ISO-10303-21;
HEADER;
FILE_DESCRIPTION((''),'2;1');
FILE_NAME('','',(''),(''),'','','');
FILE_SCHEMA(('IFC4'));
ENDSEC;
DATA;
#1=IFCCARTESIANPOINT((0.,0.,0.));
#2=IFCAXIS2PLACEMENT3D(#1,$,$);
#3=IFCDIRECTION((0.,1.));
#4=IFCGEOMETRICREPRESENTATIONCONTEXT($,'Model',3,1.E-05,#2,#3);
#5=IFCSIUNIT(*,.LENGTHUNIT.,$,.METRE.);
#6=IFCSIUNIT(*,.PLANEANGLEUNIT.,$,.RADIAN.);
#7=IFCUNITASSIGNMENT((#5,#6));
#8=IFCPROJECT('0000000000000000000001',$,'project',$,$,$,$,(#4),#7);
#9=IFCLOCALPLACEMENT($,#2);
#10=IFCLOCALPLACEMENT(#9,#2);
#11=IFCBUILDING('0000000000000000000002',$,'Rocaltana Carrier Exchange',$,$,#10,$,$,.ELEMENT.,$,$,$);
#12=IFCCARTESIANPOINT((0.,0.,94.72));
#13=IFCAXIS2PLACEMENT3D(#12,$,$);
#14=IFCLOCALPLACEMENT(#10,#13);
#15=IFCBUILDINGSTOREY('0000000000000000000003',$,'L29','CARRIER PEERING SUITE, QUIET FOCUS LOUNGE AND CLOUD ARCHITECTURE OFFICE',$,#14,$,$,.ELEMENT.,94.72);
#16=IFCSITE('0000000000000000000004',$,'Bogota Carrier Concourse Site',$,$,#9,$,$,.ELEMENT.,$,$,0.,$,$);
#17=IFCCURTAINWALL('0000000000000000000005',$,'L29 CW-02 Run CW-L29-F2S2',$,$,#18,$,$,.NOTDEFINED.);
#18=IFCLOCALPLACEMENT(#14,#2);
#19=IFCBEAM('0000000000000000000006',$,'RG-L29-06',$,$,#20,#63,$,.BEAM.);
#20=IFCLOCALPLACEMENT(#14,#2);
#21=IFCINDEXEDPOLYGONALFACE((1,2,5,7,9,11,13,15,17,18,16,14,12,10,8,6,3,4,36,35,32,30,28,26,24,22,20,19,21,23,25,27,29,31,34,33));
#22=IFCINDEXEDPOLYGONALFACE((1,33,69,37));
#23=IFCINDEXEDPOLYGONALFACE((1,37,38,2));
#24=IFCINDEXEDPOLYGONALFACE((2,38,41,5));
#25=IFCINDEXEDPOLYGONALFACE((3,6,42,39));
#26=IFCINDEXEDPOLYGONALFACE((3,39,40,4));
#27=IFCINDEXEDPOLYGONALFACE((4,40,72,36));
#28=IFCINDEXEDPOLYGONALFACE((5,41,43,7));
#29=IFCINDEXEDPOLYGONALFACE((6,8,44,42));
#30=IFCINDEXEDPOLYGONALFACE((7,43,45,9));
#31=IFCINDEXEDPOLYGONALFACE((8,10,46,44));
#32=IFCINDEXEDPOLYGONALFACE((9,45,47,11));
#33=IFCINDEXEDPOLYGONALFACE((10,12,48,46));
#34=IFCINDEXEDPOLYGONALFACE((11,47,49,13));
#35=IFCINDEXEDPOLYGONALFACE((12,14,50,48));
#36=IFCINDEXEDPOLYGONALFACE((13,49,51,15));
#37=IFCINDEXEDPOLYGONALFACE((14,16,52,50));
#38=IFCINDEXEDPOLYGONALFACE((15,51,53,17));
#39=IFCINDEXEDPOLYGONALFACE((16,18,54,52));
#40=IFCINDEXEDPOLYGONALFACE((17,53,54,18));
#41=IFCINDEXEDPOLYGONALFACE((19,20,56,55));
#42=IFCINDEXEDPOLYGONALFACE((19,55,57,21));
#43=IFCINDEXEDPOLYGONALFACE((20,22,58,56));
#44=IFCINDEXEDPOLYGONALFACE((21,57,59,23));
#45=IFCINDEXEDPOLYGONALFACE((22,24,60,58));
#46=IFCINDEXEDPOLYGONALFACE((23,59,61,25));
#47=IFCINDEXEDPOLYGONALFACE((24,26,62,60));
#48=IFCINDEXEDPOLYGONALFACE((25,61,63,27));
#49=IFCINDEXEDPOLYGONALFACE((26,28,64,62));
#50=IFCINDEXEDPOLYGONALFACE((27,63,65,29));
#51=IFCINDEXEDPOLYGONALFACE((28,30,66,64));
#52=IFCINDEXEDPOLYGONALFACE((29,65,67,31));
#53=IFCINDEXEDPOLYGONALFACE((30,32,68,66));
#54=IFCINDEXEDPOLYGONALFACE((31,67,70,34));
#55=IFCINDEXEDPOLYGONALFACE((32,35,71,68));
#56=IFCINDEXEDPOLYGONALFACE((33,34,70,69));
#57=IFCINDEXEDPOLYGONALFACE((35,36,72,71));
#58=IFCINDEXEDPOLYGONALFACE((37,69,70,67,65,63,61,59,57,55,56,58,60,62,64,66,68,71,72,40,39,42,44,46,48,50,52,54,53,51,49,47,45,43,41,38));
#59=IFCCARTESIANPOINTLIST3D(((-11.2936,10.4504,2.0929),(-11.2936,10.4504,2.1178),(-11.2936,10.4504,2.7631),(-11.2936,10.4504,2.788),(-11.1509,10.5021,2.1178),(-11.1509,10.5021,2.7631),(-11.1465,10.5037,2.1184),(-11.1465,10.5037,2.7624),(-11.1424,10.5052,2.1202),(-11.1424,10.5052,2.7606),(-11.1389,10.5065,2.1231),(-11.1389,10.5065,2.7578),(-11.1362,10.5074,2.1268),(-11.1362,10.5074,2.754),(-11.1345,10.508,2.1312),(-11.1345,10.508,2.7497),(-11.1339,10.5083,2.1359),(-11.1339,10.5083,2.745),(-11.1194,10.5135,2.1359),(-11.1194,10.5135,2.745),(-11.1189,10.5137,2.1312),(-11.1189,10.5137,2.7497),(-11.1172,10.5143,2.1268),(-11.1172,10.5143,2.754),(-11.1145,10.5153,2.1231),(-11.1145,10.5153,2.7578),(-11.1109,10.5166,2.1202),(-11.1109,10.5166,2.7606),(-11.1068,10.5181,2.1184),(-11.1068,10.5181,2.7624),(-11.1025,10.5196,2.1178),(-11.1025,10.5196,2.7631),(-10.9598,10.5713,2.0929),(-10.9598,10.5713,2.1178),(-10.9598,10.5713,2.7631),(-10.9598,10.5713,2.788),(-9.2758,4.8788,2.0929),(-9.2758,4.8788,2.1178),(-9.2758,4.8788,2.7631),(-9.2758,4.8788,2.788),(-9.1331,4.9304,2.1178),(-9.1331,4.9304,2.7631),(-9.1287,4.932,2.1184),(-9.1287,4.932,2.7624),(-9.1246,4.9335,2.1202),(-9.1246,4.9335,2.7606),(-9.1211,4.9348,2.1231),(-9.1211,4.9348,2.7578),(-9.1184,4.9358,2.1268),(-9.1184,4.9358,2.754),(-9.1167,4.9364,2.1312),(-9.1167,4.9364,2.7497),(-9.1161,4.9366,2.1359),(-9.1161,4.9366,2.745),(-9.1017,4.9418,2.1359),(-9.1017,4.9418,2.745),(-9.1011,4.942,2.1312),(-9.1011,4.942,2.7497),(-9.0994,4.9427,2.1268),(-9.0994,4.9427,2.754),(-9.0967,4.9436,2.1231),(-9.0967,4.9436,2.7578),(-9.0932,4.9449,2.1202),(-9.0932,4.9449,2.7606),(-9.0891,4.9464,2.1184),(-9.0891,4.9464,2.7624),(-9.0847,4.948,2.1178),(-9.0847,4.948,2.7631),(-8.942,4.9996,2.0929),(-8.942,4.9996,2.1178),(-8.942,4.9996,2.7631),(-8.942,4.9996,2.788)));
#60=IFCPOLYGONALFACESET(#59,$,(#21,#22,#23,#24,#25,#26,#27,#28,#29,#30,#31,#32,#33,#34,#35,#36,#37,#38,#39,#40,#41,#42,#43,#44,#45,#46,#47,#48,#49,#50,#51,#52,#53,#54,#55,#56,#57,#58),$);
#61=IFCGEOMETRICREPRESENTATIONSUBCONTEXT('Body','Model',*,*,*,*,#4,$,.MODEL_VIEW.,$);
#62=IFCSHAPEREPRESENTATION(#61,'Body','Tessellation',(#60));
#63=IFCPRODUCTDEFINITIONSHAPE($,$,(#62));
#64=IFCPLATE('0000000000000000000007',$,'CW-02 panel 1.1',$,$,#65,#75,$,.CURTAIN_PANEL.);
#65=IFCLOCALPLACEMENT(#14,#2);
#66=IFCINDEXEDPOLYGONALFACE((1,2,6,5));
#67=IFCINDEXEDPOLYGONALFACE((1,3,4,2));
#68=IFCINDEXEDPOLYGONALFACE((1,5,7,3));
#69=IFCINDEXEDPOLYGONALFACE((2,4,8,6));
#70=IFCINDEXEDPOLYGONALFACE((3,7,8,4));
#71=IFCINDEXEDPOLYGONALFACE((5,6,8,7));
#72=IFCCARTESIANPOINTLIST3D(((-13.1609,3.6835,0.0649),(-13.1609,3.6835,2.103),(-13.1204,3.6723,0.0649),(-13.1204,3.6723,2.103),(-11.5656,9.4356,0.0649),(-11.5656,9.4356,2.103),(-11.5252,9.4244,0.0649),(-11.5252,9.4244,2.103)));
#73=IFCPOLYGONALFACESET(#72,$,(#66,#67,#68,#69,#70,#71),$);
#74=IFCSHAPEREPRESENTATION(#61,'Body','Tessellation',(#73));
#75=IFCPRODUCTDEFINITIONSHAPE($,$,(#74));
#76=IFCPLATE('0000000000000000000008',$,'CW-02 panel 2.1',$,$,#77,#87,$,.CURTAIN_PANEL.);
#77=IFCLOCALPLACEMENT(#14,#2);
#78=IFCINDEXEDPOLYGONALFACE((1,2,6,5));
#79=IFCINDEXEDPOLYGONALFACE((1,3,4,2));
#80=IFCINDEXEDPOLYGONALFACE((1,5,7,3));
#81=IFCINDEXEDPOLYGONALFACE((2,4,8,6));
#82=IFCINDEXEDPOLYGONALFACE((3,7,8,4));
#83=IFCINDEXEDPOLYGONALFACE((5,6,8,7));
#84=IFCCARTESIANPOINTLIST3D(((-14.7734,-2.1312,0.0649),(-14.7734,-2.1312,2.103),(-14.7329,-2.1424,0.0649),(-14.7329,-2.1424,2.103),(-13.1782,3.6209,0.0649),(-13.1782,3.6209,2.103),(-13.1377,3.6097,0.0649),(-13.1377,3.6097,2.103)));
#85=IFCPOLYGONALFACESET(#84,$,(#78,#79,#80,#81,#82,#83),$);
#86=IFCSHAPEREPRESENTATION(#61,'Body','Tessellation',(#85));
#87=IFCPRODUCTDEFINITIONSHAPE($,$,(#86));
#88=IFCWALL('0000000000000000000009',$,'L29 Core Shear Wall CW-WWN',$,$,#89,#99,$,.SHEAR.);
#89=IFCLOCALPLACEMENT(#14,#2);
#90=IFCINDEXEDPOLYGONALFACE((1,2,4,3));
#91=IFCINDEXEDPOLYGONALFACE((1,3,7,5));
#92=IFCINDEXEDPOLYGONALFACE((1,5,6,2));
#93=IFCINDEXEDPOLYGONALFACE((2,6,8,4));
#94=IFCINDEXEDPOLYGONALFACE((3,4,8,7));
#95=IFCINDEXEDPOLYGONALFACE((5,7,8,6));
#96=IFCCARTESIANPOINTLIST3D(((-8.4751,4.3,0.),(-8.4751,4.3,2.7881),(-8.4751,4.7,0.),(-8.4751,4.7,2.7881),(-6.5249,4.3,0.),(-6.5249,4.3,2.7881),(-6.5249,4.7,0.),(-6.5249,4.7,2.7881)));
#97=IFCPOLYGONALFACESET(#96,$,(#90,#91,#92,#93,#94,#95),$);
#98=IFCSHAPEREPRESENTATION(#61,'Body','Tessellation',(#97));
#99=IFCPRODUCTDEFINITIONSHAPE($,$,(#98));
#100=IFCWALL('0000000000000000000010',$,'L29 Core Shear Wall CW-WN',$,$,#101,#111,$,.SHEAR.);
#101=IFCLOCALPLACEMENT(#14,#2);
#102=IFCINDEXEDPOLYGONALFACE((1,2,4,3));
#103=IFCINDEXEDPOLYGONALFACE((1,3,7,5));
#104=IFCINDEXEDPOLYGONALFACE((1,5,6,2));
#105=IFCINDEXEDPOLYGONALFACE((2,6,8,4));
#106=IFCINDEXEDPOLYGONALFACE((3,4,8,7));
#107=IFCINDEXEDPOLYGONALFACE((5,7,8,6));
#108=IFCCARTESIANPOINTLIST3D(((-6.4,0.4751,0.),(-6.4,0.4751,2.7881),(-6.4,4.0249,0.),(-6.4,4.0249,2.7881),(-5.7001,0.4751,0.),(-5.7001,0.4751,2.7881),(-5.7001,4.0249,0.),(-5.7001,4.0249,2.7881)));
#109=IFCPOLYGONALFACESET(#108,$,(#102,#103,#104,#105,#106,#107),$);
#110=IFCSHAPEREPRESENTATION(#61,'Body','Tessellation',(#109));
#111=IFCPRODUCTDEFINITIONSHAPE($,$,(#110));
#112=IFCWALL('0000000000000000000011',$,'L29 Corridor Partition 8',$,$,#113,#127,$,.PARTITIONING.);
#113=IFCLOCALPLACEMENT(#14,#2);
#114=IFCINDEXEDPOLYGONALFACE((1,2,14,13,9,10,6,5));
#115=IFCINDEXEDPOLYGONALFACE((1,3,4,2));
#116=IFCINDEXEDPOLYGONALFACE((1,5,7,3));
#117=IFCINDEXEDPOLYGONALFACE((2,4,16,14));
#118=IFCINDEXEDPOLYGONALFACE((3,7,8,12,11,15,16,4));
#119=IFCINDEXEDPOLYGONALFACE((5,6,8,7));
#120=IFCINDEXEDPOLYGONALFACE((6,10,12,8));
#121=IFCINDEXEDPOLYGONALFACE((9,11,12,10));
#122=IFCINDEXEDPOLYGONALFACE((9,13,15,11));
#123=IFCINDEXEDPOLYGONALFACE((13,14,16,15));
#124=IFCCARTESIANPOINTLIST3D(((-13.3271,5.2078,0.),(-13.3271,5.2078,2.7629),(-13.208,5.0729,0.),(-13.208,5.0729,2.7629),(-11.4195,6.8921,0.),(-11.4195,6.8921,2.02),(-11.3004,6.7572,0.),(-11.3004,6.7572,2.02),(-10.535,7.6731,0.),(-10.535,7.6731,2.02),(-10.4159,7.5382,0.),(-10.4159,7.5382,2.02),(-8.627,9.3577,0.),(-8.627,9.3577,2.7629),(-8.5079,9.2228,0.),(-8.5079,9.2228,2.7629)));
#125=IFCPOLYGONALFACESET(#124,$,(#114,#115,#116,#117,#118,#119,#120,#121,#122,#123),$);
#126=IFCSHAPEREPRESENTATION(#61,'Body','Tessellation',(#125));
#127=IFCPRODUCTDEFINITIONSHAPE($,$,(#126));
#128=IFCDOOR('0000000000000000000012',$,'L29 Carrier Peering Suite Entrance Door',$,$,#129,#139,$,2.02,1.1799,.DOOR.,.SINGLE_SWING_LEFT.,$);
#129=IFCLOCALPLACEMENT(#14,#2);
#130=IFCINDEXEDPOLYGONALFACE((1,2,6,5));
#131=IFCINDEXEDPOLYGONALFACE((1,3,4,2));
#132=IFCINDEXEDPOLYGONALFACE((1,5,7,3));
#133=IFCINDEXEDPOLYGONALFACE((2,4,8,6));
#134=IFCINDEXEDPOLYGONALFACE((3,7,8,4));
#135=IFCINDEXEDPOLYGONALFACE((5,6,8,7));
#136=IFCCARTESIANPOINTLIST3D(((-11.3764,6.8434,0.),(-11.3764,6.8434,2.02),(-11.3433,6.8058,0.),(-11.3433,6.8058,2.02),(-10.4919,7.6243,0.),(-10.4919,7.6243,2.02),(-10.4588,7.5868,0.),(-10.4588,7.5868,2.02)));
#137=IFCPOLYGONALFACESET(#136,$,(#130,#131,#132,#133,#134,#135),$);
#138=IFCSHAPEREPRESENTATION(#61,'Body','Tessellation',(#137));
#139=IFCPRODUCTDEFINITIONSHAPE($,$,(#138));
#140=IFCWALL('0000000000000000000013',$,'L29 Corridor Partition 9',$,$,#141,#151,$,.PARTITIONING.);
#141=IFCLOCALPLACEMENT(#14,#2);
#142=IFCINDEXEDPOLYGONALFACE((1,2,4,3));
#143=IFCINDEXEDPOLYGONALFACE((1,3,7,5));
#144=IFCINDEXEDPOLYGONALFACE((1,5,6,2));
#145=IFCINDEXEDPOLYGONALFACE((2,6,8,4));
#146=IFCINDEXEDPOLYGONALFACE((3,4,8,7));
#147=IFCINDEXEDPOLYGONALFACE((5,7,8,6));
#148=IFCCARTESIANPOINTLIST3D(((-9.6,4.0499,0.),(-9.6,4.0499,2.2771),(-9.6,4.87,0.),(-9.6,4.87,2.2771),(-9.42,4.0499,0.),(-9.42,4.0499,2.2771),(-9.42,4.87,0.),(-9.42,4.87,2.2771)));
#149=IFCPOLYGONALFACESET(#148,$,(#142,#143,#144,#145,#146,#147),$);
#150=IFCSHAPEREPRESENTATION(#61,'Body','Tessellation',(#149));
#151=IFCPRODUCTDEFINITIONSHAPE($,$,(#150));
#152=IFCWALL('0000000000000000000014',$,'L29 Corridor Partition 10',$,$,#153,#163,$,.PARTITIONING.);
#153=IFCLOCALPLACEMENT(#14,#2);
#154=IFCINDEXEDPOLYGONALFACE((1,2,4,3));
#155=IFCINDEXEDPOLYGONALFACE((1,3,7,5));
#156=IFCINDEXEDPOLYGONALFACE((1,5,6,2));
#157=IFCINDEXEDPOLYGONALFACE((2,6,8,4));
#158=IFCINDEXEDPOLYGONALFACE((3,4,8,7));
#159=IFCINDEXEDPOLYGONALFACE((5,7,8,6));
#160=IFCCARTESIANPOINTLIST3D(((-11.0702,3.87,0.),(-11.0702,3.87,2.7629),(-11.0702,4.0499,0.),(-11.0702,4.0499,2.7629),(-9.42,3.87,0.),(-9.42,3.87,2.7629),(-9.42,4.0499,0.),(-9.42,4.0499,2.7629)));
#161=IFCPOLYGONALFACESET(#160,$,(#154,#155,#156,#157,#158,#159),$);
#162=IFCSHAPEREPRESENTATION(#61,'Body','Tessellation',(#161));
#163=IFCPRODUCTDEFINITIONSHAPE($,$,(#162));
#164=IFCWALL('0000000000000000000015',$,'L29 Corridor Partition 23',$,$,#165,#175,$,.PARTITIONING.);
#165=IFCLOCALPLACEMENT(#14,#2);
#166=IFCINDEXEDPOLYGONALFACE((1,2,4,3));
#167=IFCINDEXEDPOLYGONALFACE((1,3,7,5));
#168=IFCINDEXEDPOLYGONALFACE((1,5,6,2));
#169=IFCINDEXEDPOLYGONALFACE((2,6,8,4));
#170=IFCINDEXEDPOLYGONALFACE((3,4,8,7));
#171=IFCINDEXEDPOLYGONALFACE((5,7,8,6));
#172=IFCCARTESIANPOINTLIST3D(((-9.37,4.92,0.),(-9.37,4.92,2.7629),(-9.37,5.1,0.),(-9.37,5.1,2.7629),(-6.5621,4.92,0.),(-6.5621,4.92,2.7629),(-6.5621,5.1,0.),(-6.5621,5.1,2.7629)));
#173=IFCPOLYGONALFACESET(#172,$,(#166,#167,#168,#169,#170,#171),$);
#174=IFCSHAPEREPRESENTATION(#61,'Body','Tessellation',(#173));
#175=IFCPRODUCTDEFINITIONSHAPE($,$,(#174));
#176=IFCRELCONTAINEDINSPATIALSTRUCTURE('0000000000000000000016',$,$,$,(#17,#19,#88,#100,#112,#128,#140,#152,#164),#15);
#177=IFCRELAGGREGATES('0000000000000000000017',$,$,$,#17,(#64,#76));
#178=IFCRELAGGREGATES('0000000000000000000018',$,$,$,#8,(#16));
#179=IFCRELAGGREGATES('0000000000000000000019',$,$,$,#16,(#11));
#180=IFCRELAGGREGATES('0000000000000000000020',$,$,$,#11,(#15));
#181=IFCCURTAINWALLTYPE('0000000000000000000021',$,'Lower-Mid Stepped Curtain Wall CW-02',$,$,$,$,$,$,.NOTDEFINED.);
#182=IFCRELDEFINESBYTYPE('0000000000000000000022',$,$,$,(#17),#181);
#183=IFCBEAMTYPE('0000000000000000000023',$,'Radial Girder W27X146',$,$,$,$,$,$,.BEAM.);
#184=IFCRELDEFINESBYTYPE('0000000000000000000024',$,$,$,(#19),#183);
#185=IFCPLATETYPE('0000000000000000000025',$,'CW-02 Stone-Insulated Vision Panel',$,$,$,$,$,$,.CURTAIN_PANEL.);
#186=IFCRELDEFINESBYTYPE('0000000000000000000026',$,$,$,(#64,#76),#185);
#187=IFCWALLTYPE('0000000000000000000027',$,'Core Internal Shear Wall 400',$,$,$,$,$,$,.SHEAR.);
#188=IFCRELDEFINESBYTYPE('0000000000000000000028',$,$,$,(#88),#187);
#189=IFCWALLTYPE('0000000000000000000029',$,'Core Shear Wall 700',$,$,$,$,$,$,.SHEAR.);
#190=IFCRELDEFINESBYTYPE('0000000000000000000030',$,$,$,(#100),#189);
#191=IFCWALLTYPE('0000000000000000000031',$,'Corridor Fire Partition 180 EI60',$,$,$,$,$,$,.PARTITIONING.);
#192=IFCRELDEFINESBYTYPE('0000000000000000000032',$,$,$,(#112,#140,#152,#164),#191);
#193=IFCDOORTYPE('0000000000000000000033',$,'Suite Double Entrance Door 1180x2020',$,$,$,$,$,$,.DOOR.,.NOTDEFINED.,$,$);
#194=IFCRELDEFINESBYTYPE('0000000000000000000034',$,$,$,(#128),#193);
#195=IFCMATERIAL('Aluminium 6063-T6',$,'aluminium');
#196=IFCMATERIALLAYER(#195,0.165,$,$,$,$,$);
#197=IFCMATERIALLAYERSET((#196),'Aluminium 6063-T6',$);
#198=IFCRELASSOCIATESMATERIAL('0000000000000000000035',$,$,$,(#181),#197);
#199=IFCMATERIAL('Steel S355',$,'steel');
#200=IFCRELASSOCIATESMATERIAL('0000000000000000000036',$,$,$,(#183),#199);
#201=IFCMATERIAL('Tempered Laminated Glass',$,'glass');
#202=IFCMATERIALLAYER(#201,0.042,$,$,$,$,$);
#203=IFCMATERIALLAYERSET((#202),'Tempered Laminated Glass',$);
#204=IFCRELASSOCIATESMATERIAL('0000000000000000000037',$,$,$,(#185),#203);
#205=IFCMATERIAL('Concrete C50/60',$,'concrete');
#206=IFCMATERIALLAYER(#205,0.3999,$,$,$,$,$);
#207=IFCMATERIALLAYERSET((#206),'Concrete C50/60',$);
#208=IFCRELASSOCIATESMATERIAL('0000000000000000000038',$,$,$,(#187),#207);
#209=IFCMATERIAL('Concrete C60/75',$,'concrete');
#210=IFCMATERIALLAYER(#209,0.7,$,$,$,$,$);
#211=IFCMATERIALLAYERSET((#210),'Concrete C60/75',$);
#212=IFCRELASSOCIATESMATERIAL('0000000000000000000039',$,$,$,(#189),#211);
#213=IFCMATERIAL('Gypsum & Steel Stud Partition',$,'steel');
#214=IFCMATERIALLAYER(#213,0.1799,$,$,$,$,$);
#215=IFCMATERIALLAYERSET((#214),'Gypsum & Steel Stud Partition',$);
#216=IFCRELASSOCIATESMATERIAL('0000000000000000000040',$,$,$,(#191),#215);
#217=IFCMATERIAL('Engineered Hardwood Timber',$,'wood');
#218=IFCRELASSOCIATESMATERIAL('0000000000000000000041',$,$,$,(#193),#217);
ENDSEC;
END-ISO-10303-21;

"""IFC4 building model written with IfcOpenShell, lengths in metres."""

from ifc_helpers import new_model, si_unit, direction, frame, frame_2d, origin, origin_2d, place, context, subcontext, project, spatial, rectangle, i_section, extrude, material, layer, layer_set, material_profile, profile_set, type_object, element, fill, aggregate, save


model = new_model("IFC4")

# Units and contexts
model_context = context("Model", 3, precision=1e-05, world=origin(), true_north=direction((0.0, 1.0)))
body_context = subcontext(model_context, "Body", "Model", "MODEL_VIEW")
ifc_project = project(units=[si_unit("LENGTHUNIT", "METRE"), si_unit("PLANEANGLEUNIT", "RADIAN")], contexts=[model_context])

# Site, building, storey
site_placement = place(None, origin())
site = spatial("IfcSite", under=ifc_project, at=site_placement, Name="Bogota Carrier Concourse Site", CompositionType="ELEMENT", RefElevation=0.0)
building_placement = place(site_placement, origin())
building = spatial("IfcBuilding", under=site, at=building_placement, Name="Rocaltana Carrier Exchange", CompositionType="ELEMENT")
storey_placement = place(building_placement, frame((0.0, 0.0, 94.72)))
storey = spatial("IfcBuildingStorey", under=building, at=storey_placement, Name="L29", Description="CARRIER PEERING SUITE, QUIET FOCUS LOUNGE AND CLOUD ARCHITECTURE OFFICE", CompositionType="ELEMENT", Elevation=94.72)

# Curtain wall
ifc_material_1 = material(Name="Aluminium 6063-T6", Category="aluminium")
ifc_layer_1 = layer(ifc_material_1, 0.165)
ifc_layer_set_1 = layer_set([ifc_layer_1], Name="Aluminium 6063-T6")
curtain_wall_type = type_object("IfcCurtainWallType", Name="Lower-Mid Stepped Curtain Wall CW-02", PredefinedType="NOTDEFINED", material=ifc_layer_set_1)
curtain_wall_placement = place(storey_placement, origin())
curtain_wall = element("IfcCurtainWall", 1, at=curtain_wall_placement, inside=storey, type_object=curtain_wall_type, Name="L29 CW-02 Run CW-L29-F2S2", PredefinedType="NOTDEFINED")

# Beam
ifc_material_2 = material(Name="Steel S355", Category="steel")
ifc_material_profile_1 = material_profile(ifc_material_2, i_section(OverallWidth=0.355, OverallDepth=0.6951, WebThickness=0.0154, FlangeThickness=0.0249, FilletRadius=0.0181, at=origin_2d()), Name="W27X146")
ifc_profile_set_1 = profile_set([ifc_material_profile_1], Name="Steel S355")
beam_type_1 = type_object("IfcBeamType", Name="Radial Girder W27X146", PredefinedType="BEAM", material=ifc_profile_set_1)
beam_1_placement = place(storey_placement, frame((-9.1089, 4.9392, 2.4404), z_axis=(-0.340509, 0.940241, 0.0), x_axis=(-0.940241, -0.340509, 0.0)))
element("IfcBeam", 2, at=beam_1_placement, inside=storey, type_object=beam_type_1, Name="RG-L29-06", PredefinedType="BEAM", context=body_context, shape_type="SweptSolid", body=[
    extrude(i_section(OverallWidth=0.355, OverallDepth=0.6951, WebThickness=0.0154, FlangeThickness=0.0249, FilletRadius=0.0181, at=origin_2d()), origin(), (0.0, 0.0, 1.0), 5.9258),
])

# Plates
ifc_material_3 = material(Name="Tempered Laminated Glass", Category="glass")
ifc_layer_2 = layer(ifc_material_3, 0.042)
ifc_layer_set_2 = layer_set([ifc_layer_2], Name="Tempered Laminated Glass")
plate_type = type_object("IfcPlateType", Name="CW-02 Stone-Insulated Vision Panel", PredefinedType="CURTAIN_PANEL", material=ifc_layer_set_2)
plate_1_placement = place(storey_placement, frame((-12.343, 6.554, 0.0649), z_axis=(0.0, 0.0, 1.0), x_axis=(-0.267238, -0.963631, 0.0)))
plate_1 = element("IfcPlate", 3, at=plate_1_placement, type_object=plate_type, Name="CW-02 panel 1.1", PredefinedType="CURTAIN_PANEL", context=body_context, shape_type="SweptSolid", body=[
    extrude(rectangle(XDim=5.9692, YDim=0.042, at=origin_2d()), origin(), (0.0, 0.0, 1.0), 2.0381),
])
plate_2_placement = place(storey_placement, frame((-13.9556, 0.7393, 0.0649), z_axis=(0.0, 0.0, 1.0), x_axis=(-0.267238, -0.963631, 0.0)))
plate_2 = element("IfcPlate", 4, at=plate_2_placement, type_object=plate_type, Name="CW-02 panel 2.1", PredefinedType="CURTAIN_PANEL", context=body_context, shape_type="SweptSolid", body=[
    extrude(rectangle(XDim=5.9692, YDim=0.042, at=origin_2d()), origin(), (0.0, 0.0, 1.0), 2.0381),
])
aggregate(curtain_wall, [plate_1, plate_2])

# Walls
ifc_material_4 = material(Name="Concrete C50/60", Category="concrete")
ifc_layer_3 = layer(ifc_material_4, 0.3999)
ifc_layer_set_3 = layer_set([ifc_layer_3], Name="Concrete C50/60")
wall_type_1 = type_object("IfcWallType", Name="Core Internal Shear Wall 400", PredefinedType="SHEAR", material=ifc_layer_set_3)
wall_1_placement = place(storey_placement, frame((-8.4751, 4.5, 0.0), z_axis=(0.0, 0.0, 1.0), x_axis=(1.0, 0.0, 0.0)))
element("IfcWall", 5, at=wall_1_placement, inside=storey, type_object=wall_type_1, Name="L29 Core Shear Wall CW-WWN", PredefinedType="SHEAR", context=body_context, shape_type="SweptSolid", body=[
    extrude(rectangle(XDim=1.9502, YDim=0.3999, at=frame_2d((0.9751, 0.0))), origin(), (0.0, 0.0, 1.0), 2.7881),
])
ifc_material_5 = material(Name="Concrete C60/75", Category="concrete")
ifc_layer_4 = layer(ifc_material_5, 0.7)
ifc_layer_set_4 = layer_set([ifc_layer_4], Name="Concrete C60/75")
wall_type_2 = type_object("IfcWallType", Name="Core Shear Wall 700", PredefinedType="SHEAR", material=ifc_layer_set_4)
wall_2_placement = place(storey_placement, frame((-6.05, 0.4751, 0.0), z_axis=(0.0, 0.0, 1.0), x_axis=(0.0, 1.0, 0.0)))
element("IfcWall", 6, at=wall_2_placement, inside=storey, type_object=wall_type_2, Name="L29 Core Shear Wall CW-WN", PredefinedType="SHEAR", context=body_context, shape_type="SweptSolid", body=[
    extrude(rectangle(XDim=3.5498, YDim=0.7, at=frame_2d((1.7749, 0.0))), origin(), (0.0, 0.0, 1.0), 2.7881),
])

# Wall, opening, door
ifc_material_6 = material(Name="Gypsum & Steel Stud Partition", Category="steel")
ifc_layer_5 = layer(ifc_material_6, 0.1799)
ifc_layer_set_5 = layer_set([ifc_layer_5], Name="Gypsum & Steel Stud Partition")
wall_type_3 = type_object("IfcWallType", Name="Corridor Fire Partition 180 EI60", PredefinedType="PARTITIONING", material=ifc_layer_set_5)
wall_3_placement = place(storey_placement, frame((-13.2676, 5.1404, 0.0), z_axis=(0.0, 0.0, 1.0), x_axis=(0.749626, 0.661861, 0.0)))
wall_3 = element("IfcWall", 7, at=wall_3_placement, inside=storey, type_object=wall_type_3, Name="L29 Corridor Partition 8", PredefinedType="PARTITIONING", context=body_context, shape_type="SweptSolid", body=[
    extrude(rectangle(XDim=6.27, YDim=0.1799, at=frame_2d((3.135, 0.0))), origin(), (0.0, 0.0, 1.0), 2.7629),
])
opening_placement = place(wall_3_placement, frame((2.5449, 0.0, 0.0)))
opening = element("IfcOpeningElement", 8, at=opening_placement, cuts=wall_3, PredefinedType="OPENING", context=body_context, shape_type="SweptSolid", body=[
    extrude(rectangle(XDim=1.1799, YDim=2.02, at=frame_2d((0.5898, 1.01))), frame((0.0, 0.0999, 0.0), z_axis=(0.0, -1.0, 0.0), x_axis=(1.0, 0.0, 0.0)), (0.0, 0.0, 1.0), 0.2),
])
ifc_material_7 = material(Name="Engineered Hardwood Timber", Category="wood")
door_type = type_object("IfcDoorType", Name="Suite Double Entrance Door 1180x2020", OperationType="NOTDEFINED", PredefinedType="DOOR", material=ifc_material_7)
door_placement = place(opening_placement, origin())
door = element("IfcDoor", 9, at=door_placement, inside=storey, type_object=door_type, Name="L29 Carrier Peering Suite Entrance Door", OperationType="SINGLE_SWING_LEFT", OverallHeight=2.02, OverallWidth=1.1799, PredefinedType="DOOR", context=body_context, shape_type="SweptSolid", body=[
    extrude(rectangle(XDim=1.1799, YDim=2.02, at=frame_2d((0.5898, 1.01))), frame((0.0, 0.0249, 0.0), z_axis=(0.0, -1.0, 0.0), x_axis=(1.0, 0.0, 0.0)), (0.0, 0.0, 1.0), 0.05),
])
fill(opening, door)

# Walls
wall_4_placement = place(storey_placement, frame((-9.51, 4.8701, 0.0), z_axis=(0.0, 0.0, 1.0), x_axis=(0.0, -1.0, 0.0)))
element("IfcWall", 10, at=wall_4_placement, inside=storey, type_object=wall_type_3, Name="L29 Corridor Partition 9", PredefinedType="PARTITIONING", context=body_context, shape_type="SweptSolid", body=[
    extrude(rectangle(XDim=0.8201, YDim=0.1799, at=frame_2d((0.4102, 0.0))), origin(), (0.0, 0.0, 1.0), 2.2771),
])
wall_5_placement = place(storey_placement, frame((-9.4199, 3.96, 0.0), z_axis=(0.0, 0.0, 1.0), x_axis=(-1.0, 0.0, 0.0)))
element("IfcWall", 11, at=wall_5_placement, inside=storey, type_object=wall_type_3, Name="L29 Corridor Partition 10", PredefinedType="PARTITIONING", context=body_context, shape_type="SweptSolid", body=[
    extrude(rectangle(XDim=1.6501, YDim=0.1799, at=frame_2d((0.8252, 0.0))), origin(), (0.0, 0.0, 1.0), 2.7629),
])
wall_6_placement = place(storey_placement, frame((-6.5623, 5.01, 0.0), z_axis=(0.0, 0.0, 1.0), x_axis=(-1.0, 0.0, 0.0)))
element("IfcWall", 12, at=wall_6_placement, inside=storey, type_object=wall_type_3, Name="L29 Corridor Partition 23", PredefinedType="PARTITIONING", context=body_context, shape_type="SweptSolid", body=[
    extrude(rectangle(XDim=2.8079, YDim=0.1799, at=frame_2d((1.4038, 0.0))), origin(), (0.0, 0.0, 1.0), 2.7629),
])

save(model, "model.ifc")
